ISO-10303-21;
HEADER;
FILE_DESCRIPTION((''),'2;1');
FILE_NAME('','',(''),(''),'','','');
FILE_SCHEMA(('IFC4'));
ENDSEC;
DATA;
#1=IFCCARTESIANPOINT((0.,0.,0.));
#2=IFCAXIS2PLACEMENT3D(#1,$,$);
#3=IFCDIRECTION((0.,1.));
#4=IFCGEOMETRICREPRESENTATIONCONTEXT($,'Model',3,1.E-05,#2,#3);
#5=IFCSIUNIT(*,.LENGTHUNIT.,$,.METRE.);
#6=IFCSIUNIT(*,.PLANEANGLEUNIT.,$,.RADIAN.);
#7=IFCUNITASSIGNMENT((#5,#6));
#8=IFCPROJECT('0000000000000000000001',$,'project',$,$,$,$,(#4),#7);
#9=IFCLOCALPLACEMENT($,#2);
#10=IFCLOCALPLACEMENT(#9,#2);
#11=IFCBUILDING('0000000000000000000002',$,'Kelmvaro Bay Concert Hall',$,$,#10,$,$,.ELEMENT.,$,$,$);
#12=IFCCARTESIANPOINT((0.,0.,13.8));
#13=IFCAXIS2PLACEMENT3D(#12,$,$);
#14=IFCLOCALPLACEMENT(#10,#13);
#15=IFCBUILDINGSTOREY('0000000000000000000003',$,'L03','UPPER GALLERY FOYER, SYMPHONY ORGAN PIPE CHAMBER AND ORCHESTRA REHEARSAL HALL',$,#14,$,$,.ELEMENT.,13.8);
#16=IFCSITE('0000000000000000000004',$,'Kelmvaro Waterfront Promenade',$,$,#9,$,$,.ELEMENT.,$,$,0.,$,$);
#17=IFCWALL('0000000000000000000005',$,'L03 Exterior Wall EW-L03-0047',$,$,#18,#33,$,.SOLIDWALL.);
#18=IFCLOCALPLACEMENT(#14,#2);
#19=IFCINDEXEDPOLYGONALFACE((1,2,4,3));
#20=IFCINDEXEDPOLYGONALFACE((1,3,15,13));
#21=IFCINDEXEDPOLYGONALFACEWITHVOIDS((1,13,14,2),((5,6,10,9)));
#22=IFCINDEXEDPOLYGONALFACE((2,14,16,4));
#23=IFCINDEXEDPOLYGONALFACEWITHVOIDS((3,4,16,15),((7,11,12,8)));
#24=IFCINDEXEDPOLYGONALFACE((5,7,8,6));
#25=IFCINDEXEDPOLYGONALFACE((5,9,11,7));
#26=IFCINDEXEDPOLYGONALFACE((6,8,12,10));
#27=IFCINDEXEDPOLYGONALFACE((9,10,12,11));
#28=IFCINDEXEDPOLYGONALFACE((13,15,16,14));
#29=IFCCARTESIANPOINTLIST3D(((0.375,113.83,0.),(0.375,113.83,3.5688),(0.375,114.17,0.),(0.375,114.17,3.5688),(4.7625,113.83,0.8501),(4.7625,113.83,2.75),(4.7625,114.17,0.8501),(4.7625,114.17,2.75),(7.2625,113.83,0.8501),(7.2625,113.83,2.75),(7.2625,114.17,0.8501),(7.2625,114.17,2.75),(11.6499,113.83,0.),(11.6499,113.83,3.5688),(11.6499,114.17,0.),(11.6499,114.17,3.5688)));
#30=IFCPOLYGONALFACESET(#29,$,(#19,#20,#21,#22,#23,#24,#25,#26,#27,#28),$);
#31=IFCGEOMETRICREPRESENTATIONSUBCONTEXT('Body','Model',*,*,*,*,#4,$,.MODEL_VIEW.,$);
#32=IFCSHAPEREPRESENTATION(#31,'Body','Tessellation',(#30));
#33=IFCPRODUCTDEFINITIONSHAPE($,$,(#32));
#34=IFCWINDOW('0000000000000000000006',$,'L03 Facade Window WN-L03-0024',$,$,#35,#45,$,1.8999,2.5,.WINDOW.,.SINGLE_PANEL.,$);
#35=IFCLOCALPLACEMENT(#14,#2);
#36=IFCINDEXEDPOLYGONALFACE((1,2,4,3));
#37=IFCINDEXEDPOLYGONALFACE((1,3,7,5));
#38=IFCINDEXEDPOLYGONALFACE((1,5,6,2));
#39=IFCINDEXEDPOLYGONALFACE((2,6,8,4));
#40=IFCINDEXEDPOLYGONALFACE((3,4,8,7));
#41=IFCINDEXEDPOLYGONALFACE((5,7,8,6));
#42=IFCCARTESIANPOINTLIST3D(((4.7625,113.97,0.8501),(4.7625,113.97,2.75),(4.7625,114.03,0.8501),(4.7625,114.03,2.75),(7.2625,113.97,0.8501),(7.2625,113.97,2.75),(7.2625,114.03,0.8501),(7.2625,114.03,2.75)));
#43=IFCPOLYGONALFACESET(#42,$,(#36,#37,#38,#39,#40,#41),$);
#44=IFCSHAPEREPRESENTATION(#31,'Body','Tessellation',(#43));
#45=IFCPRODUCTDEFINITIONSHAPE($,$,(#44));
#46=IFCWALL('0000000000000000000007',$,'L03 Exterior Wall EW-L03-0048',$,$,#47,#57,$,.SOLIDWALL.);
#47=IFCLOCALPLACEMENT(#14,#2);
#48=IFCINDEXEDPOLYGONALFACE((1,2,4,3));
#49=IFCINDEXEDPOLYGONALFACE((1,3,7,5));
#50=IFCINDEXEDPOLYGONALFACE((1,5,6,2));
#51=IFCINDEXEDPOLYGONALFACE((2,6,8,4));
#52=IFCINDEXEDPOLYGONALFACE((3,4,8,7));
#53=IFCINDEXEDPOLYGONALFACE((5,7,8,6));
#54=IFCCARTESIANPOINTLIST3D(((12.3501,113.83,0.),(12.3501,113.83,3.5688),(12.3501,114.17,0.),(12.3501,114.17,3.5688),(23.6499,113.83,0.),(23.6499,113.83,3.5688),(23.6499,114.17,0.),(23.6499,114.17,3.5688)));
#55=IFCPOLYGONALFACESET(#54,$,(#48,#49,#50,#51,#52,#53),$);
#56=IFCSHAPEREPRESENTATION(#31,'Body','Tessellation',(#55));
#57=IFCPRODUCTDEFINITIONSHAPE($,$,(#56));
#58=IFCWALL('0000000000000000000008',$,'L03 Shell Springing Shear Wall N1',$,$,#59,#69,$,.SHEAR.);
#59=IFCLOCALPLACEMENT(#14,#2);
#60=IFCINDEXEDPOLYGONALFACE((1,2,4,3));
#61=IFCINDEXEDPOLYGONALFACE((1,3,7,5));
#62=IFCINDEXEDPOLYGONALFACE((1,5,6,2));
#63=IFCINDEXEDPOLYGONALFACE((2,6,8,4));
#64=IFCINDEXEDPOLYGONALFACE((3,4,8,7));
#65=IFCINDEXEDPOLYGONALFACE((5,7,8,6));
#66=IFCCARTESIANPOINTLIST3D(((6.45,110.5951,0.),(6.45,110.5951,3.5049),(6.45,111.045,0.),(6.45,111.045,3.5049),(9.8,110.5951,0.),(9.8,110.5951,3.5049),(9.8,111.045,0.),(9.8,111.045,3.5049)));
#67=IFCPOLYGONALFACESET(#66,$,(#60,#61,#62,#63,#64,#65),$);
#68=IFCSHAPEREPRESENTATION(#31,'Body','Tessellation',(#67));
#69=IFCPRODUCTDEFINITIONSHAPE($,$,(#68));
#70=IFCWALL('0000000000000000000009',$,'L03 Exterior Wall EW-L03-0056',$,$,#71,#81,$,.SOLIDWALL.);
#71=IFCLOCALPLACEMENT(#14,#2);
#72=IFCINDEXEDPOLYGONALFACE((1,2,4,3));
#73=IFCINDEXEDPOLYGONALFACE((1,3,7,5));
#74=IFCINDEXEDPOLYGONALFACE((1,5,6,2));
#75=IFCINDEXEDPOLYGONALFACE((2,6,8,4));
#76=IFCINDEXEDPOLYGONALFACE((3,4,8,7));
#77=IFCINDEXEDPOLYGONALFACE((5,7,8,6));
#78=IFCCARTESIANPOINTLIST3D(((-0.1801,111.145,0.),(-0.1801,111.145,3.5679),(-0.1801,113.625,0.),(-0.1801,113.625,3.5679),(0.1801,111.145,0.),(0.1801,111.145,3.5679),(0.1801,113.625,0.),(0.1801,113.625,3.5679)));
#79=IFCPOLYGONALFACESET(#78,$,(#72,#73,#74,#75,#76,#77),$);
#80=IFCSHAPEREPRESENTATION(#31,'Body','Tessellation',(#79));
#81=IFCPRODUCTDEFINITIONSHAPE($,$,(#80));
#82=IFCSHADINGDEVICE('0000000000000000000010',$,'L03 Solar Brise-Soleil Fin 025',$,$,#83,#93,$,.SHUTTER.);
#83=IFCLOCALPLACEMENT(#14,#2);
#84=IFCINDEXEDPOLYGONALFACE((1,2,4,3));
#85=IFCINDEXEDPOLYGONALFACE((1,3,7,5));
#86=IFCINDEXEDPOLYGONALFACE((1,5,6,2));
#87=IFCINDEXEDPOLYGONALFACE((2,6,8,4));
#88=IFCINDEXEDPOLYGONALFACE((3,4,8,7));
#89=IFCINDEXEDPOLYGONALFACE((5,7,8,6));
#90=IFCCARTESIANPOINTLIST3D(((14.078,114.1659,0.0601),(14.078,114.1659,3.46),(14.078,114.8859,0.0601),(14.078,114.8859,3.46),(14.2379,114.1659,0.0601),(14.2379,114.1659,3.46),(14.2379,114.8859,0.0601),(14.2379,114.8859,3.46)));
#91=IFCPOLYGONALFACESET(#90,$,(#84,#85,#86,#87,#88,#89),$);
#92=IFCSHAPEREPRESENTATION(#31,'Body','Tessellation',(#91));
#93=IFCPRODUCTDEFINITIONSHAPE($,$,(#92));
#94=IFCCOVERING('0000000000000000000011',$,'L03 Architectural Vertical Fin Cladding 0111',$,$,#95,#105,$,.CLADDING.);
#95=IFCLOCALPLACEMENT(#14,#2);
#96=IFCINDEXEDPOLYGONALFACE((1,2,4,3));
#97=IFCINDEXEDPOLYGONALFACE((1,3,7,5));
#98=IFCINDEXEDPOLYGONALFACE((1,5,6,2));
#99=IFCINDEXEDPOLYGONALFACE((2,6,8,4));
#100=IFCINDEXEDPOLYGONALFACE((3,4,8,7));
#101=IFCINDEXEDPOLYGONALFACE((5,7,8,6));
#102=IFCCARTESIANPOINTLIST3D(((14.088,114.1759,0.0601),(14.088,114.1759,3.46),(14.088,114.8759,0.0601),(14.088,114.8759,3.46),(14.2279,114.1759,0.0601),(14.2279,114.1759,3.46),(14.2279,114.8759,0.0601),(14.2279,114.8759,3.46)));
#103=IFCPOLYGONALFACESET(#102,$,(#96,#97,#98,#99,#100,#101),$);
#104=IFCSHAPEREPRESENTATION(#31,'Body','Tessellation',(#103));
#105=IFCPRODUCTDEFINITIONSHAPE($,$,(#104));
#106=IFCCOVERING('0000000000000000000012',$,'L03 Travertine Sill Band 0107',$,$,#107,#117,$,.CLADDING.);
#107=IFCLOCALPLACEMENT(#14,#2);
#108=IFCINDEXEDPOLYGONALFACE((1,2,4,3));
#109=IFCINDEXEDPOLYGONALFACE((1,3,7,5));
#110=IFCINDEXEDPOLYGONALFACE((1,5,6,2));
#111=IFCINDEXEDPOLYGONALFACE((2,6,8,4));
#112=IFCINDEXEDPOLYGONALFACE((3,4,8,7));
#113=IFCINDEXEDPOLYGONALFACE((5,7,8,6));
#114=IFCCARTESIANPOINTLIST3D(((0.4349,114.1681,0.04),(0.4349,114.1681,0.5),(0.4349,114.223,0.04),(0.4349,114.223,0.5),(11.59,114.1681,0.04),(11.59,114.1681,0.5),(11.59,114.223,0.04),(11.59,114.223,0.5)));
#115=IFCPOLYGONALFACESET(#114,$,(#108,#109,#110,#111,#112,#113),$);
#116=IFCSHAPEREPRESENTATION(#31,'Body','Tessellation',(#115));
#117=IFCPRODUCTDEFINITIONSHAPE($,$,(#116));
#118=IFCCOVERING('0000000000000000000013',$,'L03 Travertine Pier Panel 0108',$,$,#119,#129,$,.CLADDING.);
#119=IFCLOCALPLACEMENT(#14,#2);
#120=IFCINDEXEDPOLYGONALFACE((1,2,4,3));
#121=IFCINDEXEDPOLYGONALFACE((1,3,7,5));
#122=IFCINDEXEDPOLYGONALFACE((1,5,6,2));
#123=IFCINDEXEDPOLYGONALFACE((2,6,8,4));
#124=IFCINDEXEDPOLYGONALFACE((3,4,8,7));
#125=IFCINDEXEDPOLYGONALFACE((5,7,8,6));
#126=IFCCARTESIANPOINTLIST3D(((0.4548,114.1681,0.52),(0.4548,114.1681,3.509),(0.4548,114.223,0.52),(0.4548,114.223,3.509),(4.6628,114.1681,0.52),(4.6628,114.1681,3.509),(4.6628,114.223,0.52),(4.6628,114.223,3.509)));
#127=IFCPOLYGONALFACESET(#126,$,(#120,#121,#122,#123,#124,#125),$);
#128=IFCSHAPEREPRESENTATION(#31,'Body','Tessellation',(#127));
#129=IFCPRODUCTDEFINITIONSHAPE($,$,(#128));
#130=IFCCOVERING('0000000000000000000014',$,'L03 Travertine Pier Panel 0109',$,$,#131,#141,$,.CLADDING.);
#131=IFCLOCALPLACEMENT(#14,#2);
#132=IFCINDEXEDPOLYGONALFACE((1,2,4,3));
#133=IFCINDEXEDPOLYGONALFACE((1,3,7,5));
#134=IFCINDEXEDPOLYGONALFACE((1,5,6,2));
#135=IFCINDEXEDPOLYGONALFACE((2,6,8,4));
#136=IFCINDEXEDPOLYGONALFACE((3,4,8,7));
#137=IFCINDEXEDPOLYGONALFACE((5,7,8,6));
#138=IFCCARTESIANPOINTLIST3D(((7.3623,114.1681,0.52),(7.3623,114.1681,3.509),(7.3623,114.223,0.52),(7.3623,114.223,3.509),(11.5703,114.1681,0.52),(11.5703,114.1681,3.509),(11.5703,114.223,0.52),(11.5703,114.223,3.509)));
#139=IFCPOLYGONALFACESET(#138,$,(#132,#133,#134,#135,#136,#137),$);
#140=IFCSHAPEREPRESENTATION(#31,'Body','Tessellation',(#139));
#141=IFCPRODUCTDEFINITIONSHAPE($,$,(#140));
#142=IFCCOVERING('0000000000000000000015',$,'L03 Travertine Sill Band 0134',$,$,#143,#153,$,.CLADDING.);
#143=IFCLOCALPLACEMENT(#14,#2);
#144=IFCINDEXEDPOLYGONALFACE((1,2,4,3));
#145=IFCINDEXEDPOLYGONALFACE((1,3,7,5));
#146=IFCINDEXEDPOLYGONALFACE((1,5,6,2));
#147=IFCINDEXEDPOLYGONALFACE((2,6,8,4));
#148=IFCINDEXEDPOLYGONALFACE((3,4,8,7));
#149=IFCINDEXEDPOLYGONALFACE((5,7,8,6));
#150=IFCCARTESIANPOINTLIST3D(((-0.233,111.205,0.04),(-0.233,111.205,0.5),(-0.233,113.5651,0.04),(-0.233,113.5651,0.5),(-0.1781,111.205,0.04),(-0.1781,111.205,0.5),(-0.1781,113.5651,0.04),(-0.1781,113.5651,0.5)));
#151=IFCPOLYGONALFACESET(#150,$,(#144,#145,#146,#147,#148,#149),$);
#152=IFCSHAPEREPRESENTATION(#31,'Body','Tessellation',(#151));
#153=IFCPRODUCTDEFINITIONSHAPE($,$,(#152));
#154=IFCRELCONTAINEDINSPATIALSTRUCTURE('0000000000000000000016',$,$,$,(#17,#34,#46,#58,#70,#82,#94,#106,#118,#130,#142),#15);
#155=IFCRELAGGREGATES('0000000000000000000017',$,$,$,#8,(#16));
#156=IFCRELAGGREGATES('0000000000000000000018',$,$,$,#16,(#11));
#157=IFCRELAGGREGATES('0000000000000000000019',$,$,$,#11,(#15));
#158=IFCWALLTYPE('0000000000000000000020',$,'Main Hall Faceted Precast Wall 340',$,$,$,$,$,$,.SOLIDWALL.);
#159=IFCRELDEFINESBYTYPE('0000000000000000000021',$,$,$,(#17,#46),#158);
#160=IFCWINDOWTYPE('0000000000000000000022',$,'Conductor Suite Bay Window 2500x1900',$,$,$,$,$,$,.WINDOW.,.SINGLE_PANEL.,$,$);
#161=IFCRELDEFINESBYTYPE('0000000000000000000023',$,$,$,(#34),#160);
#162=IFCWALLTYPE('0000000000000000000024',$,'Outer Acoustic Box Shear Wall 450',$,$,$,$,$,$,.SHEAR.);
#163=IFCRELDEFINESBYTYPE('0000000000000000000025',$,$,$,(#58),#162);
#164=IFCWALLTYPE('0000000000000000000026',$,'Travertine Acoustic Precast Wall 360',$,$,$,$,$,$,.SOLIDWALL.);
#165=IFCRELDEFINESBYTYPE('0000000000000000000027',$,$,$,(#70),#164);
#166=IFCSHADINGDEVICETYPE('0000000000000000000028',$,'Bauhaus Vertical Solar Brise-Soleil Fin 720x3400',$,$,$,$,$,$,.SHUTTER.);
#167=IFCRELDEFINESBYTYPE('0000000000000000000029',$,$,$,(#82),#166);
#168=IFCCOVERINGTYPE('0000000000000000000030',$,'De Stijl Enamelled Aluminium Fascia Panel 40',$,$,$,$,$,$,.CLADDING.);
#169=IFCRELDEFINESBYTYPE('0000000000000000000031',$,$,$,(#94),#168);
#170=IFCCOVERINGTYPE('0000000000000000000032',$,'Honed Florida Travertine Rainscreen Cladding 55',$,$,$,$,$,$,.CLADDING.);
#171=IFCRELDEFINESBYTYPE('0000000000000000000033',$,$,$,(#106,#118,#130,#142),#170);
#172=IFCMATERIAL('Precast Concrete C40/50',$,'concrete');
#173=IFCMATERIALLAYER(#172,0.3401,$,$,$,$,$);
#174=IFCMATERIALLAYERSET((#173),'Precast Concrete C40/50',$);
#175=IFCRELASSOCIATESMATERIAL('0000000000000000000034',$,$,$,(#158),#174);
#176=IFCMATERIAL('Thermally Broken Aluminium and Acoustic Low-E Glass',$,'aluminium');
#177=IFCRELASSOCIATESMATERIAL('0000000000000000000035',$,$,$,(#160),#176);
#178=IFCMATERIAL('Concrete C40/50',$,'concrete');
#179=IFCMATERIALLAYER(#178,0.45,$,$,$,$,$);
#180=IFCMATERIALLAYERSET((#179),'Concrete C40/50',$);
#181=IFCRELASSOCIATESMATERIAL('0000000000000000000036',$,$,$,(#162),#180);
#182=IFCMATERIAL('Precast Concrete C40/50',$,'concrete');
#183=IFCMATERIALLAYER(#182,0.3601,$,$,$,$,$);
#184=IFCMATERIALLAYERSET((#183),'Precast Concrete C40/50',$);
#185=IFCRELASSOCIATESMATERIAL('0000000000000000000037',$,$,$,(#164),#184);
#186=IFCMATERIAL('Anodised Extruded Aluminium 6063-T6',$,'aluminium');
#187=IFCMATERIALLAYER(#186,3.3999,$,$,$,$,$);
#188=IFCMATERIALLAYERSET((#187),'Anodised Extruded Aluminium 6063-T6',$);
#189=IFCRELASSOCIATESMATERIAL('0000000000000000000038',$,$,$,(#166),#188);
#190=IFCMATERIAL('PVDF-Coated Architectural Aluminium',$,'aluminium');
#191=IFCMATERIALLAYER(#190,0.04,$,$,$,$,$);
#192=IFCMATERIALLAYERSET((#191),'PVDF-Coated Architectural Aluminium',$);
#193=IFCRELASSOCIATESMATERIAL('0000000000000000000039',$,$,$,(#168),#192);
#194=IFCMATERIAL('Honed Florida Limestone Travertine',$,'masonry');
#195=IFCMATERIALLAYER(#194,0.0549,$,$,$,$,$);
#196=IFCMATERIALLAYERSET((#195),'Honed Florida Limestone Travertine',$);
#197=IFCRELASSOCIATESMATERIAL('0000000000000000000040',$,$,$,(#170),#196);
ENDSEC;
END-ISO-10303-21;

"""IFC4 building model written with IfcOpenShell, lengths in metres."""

from ifc_helpers import new_model, si_unit, direction, frame, frame_2d, origin, origin_2d, place, context, subcontext, project, spatial, rectangle, extrude, material, layer, layer_set, type_object, element, fill, save


model = new_model("IFC4")

# Units and contexts
model_context = context("Model", 3, precision=1e-05, world=origin(), true_north=direction((0.0, 1.0)))
body_context = subcontext(model_context, "Body", "Model", "MODEL_VIEW")
ifc_project = project(units=[si_unit("LENGTHUNIT", "METRE"), si_unit("PLANEANGLEUNIT", "RADIAN")], contexts=[model_context])

# Site, building, storey
site_placement = place(None, origin())
site = spatial("IfcSite", under=ifc_project, at=site_placement, Name="Kelmvaro Waterfront Promenade", CompositionType="ELEMENT", RefElevation=0.0)
building_placement = place(site_placement, origin())
building = spatial("IfcBuilding", under=site, at=building_placement, Name="Kelmvaro Bay Concert Hall", CompositionType="ELEMENT")
storey_placement = place(building_placement, frame((0.0, 0.0, 13.8)))
storey = spatial("IfcBuildingStorey", under=building, at=storey_placement, Name="L03", Description="UPPER GALLERY FOYER, SYMPHONY ORGAN PIPE CHAMBER AND ORCHESTRA REHEARSAL HALL", CompositionType="ELEMENT", Elevation=13.8)

# Wall, opening, window
ifc_material_1 = material(Name="Precast Concrete C40/50", Category="concrete")
ifc_layer_1 = layer(ifc_material_1, 0.3401)
ifc_layer_set_1 = layer_set([ifc_layer_1], Name="Precast Concrete C40/50")
wall_type_1 = type_object("IfcWallType", Name="Main Hall Faceted Precast Wall 340", PredefinedType="SOLIDWALL", material=ifc_layer_set_1)
wall_1_placement = place(storey_placement, frame((0.375, 114.0, 0.0), z_axis=(0.0, 0.0, 1.0), x_axis=(1.0, 0.0, 0.0)))
wall_1 = element("IfcWall", 1, at=wall_1_placement, inside=storey, type_object=wall_type_1, Name="L03 Exterior Wall EW-L03-0047", PredefinedType="SOLIDWALL", context=body_context, shape_type="SweptSolid", body=[
    extrude(rectangle(XDim=11.2749, YDim=0.3401, at=frame_2d((5.6375, 0.0))), origin(), (0.0, 0.0, 1.0), 3.5688),
])
opening_placement = place(wall_1_placement, frame((4.3875, 0.0, 0.8501)))
opening = element("IfcOpeningElement", 2, at=opening_placement, cuts=wall_1, PredefinedType="OPENING", context=body_context, shape_type="SweptSolid", body=[
    extrude(rectangle(XDim=2.5, YDim=1.8999, at=frame_2d((1.25, 0.95))), frame((0.0, 0.1799, 0.0), z_axis=(0.0, -1.0, 0.0), x_axis=(1.0, 0.0, 0.0)), (0.0, 0.0, 1.0), 0.3601),
])
ifc_material_2 = material(Name="Thermally Broken Aluminium and Acoustic Low-E Glass", Category="aluminium")
window_type = type_object("IfcWindowType", Name="Conductor Suite Bay Window 2500x1900", PartitioningType="SINGLE_PANEL", PredefinedType="WINDOW", material=ifc_material_2)
window_placement = place(opening_placement, origin())
window = element("IfcWindow", 3, at=window_placement, inside=storey, type_object=window_type, Name="L03 Facade Window WN-L03-0024", OverallHeight=1.8999, OverallWidth=2.5, PartitioningType="SINGLE_PANEL", PredefinedType="WINDOW", context=body_context, shape_type="SweptSolid", body=[
    extrude(rectangle(XDim=2.5, YDim=1.8999, at=frame_2d((1.25, 0.95))), frame((0.0, 0.03, 0.0), z_axis=(0.0, -1.0, 0.0), x_axis=(1.0, 0.0, 0.0)), (0.0, 0.0, 1.0), 0.0601),
])
fill(opening, window)

# Walls
wall_2_placement = place(storey_placement, frame((12.3501, 114.0, 0.0), z_axis=(0.0, 0.0, 1.0), x_axis=(1.0, 0.0, 0.0)))
element("IfcWall", 4, at=wall_2_placement, inside=storey, type_object=wall_type_1, Name="L03 Exterior Wall EW-L03-0048", PredefinedType="SOLIDWALL", context=body_context, shape_type="SweptSolid", body=[
    extrude(rectangle(XDim=11.2998, YDim=0.3401, at=frame_2d((5.6499, 0.0))), origin(), (0.0, 0.0, 1.0), 3.5688),
])
ifc_material_3 = material(Name="Concrete C40/50", Category="concrete")
ifc_layer_2 = layer(ifc_material_3, 0.45)
ifc_layer_set_2 = layer_set([ifc_layer_2], Name="Concrete C40/50")
wall_type_2 = type_object("IfcWallType", Name="Outer Acoustic Box Shear Wall 450", PredefinedType="SHEAR", material=ifc_layer_set_2)
wall_3_placement = place(storey_placement, frame((6.45, 110.8201, 0.0), z_axis=(0.0, 0.0, 1.0), x_axis=(1.0, 0.0, 0.0)))
element("IfcWall", 5, at=wall_3_placement, inside=storey, type_object=wall_type_2, Name="L03 Shell Springing Shear Wall N1", PredefinedType="SHEAR", context=body_context, shape_type="SweptSolid", body=[
    extrude(rectangle(XDim=3.3501, YDim=0.45, at=frame_2d((1.675, 0.0))), origin(), (0.0, 0.0, 1.0), 3.5049),
])
ifc_material_4 = material(Name="Precast Concrete C40/50", Category="concrete")
ifc_layer_3 = layer(ifc_material_4, 0.3601)
ifc_layer_set_3 = layer_set([ifc_layer_3], Name="Precast Concrete C40/50")
wall_type_3 = type_object("IfcWallType", Name="Travertine Acoustic Precast Wall 360", PredefinedType="SOLIDWALL", material=ifc_layer_set_3)
wall_4_placement = place(storey_placement, frame((0.0, 111.145, 0.0), z_axis=(0.0, 0.0, 1.0), x_axis=(0.0, 1.0, 0.0)))
element("IfcWall", 6, at=wall_4_placement, inside=storey, type_object=wall_type_3, Name="L03 Exterior Wall EW-L03-0056", PredefinedType="SOLIDWALL", context=body_context, shape_type="SweptSolid", body=[
    extrude(rectangle(XDim=2.48, YDim=0.3601, at=frame_2d((1.24, 0.0))), origin(), (0.0, 0.0, 1.0), 3.5679),
])

# Shading device
ifc_material_5 = material(Name="Anodised Extruded Aluminium 6063-T6", Category="aluminium")
ifc_layer_4 = layer(ifc_material_5, 3.3999)
ifc_layer_set_4 = layer_set([ifc_layer_4], Name="Anodised Extruded Aluminium 6063-T6")
shading_device_type = type_object("IfcShadingDeviceType", Name="Bauhaus Vertical Solar Brise-Soleil Fin 720x3400", PredefinedType="SHUTTER", material=ifc_layer_set_4)
shading_device_placement = place(storey_placement, frame((14.158, 114.5259, 0.0601), z_axis=(0.0, 0.0, 1.0), x_axis=(1.0, 0.0, 0.0)))
element("IfcShadingDevice", 7, at=shading_device_placement, inside=storey, type_object=shading_device_type, Name="L03 Solar Brise-Soleil Fin 025", PredefinedType="SHUTTER", context=body_context, shape_type="SweptSolid", body=[
    extrude(rectangle(XDim=0.1599, YDim=0.72, at=origin_2d()), origin(), (0.0, 0.0, 1.0), 3.3999),
])

# Coverings
ifc_material_6 = material(Name="PVDF-Coated Architectural Aluminium", Category="aluminium")
ifc_layer_5 = layer(ifc_material_6, 0.04)
ifc_layer_set_5 = layer_set([ifc_layer_5], Name="PVDF-Coated Architectural Aluminium")
covering_type_1 = type_object("IfcCoveringType", Name="De Stijl Enamelled Aluminium Fascia Panel 40", PredefinedType="CLADDING", material=ifc_layer_set_5)
covering_1_placement = place(storey_placement, frame((14.158, 114.5259, 0.0601), z_axis=(0.0, 0.0, 1.0), x_axis=(1.0, 0.0, 0.0)))
element("IfcCovering", 8, at=covering_1_placement, inside=storey, type_object=covering_type_1, Name="L03 Architectural Vertical Fin Cladding 0111", PredefinedType="CLADDING", context=body_context, shape_type="SweptSolid", body=[
    extrude(rectangle(XDim=0.1399, YDim=0.7, at=origin_2d()), origin(), (0.0, 0.0, 1.0), 3.3999),
])
ifc_material_7 = material(Name="Honed Florida Limestone Travertine", Category="masonry")
ifc_layer_6 = layer(ifc_material_7, 0.0549)
ifc_layer_set_6 = layer_set([ifc_layer_6], Name="Honed Florida Limestone Travertine")
covering_type_2 = type_object("IfcCoveringType", Name="Honed Florida Travertine Rainscreen Cladding 55", PredefinedType="CLADDING", material=ifc_layer_set_6)
covering_2_placement = place(storey_placement, frame((6.0125, 114.1956, 0.04), z_axis=(0.0, 0.0, 1.0), x_axis=(1.0, 0.0, 0.0)))
element("IfcCovering", 9, at=covering_2_placement, inside=storey, type_object=covering_type_2, Name="L03 Travertine Sill Band 0107", PredefinedType="CLADDING", context=body_context, shape_type="SweptSolid", body=[
    extrude(rectangle(XDim=11.155, YDim=0.0549, at=origin_2d()), origin(), (0.0, 0.0, 1.0), 0.46),
])
for number, where, z_axis, x_axis, name in (
    (10, (2.5588, 114.1956, 0.52), (0.0, 0.0, 1.0), (1.0, 0.0, 0.0), "L03 Travertine Pier Panel 0108"),
    (11, (9.4663, 114.1956, 0.52), (0.0, 0.0, 1.0), (1.0, 0.0, 0.0), "L03 Travertine Pier Panel 0109"),
):
    element("IfcCovering", number, at=place(storey_placement, frame(where, z_axis=z_axis, x_axis=x_axis)), inside=storey, type_object=covering_type_2, Name=name, PredefinedType="CLADDING", context=body_context, shape_type="SweptSolid", body=[
        extrude(rectangle(XDim=4.208, YDim=0.0549, at=origin_2d()), origin(), (0.0, 0.0, 1.0), 2.989),
    ])
covering_3_placement = place(storey_placement, frame((-0.2056, 112.385, 0.04), z_axis=(0.0, 0.0, 1.0), x_axis=(0.0, 1.0, 0.0)))
element("IfcCovering", 12, at=covering_3_placement, inside=storey, type_object=covering_type_2, Name="L03 Travertine Sill Band 0134", PredefinedType="CLADDING", context=body_context, shape_type="SweptSolid", body=[
    extrude(rectangle(XDim=2.3601, YDim=0.0549, at=origin_2d()), origin(), (0.0, 0.0, 1.0), 0.46),
])

save(model, "model.ifc")
